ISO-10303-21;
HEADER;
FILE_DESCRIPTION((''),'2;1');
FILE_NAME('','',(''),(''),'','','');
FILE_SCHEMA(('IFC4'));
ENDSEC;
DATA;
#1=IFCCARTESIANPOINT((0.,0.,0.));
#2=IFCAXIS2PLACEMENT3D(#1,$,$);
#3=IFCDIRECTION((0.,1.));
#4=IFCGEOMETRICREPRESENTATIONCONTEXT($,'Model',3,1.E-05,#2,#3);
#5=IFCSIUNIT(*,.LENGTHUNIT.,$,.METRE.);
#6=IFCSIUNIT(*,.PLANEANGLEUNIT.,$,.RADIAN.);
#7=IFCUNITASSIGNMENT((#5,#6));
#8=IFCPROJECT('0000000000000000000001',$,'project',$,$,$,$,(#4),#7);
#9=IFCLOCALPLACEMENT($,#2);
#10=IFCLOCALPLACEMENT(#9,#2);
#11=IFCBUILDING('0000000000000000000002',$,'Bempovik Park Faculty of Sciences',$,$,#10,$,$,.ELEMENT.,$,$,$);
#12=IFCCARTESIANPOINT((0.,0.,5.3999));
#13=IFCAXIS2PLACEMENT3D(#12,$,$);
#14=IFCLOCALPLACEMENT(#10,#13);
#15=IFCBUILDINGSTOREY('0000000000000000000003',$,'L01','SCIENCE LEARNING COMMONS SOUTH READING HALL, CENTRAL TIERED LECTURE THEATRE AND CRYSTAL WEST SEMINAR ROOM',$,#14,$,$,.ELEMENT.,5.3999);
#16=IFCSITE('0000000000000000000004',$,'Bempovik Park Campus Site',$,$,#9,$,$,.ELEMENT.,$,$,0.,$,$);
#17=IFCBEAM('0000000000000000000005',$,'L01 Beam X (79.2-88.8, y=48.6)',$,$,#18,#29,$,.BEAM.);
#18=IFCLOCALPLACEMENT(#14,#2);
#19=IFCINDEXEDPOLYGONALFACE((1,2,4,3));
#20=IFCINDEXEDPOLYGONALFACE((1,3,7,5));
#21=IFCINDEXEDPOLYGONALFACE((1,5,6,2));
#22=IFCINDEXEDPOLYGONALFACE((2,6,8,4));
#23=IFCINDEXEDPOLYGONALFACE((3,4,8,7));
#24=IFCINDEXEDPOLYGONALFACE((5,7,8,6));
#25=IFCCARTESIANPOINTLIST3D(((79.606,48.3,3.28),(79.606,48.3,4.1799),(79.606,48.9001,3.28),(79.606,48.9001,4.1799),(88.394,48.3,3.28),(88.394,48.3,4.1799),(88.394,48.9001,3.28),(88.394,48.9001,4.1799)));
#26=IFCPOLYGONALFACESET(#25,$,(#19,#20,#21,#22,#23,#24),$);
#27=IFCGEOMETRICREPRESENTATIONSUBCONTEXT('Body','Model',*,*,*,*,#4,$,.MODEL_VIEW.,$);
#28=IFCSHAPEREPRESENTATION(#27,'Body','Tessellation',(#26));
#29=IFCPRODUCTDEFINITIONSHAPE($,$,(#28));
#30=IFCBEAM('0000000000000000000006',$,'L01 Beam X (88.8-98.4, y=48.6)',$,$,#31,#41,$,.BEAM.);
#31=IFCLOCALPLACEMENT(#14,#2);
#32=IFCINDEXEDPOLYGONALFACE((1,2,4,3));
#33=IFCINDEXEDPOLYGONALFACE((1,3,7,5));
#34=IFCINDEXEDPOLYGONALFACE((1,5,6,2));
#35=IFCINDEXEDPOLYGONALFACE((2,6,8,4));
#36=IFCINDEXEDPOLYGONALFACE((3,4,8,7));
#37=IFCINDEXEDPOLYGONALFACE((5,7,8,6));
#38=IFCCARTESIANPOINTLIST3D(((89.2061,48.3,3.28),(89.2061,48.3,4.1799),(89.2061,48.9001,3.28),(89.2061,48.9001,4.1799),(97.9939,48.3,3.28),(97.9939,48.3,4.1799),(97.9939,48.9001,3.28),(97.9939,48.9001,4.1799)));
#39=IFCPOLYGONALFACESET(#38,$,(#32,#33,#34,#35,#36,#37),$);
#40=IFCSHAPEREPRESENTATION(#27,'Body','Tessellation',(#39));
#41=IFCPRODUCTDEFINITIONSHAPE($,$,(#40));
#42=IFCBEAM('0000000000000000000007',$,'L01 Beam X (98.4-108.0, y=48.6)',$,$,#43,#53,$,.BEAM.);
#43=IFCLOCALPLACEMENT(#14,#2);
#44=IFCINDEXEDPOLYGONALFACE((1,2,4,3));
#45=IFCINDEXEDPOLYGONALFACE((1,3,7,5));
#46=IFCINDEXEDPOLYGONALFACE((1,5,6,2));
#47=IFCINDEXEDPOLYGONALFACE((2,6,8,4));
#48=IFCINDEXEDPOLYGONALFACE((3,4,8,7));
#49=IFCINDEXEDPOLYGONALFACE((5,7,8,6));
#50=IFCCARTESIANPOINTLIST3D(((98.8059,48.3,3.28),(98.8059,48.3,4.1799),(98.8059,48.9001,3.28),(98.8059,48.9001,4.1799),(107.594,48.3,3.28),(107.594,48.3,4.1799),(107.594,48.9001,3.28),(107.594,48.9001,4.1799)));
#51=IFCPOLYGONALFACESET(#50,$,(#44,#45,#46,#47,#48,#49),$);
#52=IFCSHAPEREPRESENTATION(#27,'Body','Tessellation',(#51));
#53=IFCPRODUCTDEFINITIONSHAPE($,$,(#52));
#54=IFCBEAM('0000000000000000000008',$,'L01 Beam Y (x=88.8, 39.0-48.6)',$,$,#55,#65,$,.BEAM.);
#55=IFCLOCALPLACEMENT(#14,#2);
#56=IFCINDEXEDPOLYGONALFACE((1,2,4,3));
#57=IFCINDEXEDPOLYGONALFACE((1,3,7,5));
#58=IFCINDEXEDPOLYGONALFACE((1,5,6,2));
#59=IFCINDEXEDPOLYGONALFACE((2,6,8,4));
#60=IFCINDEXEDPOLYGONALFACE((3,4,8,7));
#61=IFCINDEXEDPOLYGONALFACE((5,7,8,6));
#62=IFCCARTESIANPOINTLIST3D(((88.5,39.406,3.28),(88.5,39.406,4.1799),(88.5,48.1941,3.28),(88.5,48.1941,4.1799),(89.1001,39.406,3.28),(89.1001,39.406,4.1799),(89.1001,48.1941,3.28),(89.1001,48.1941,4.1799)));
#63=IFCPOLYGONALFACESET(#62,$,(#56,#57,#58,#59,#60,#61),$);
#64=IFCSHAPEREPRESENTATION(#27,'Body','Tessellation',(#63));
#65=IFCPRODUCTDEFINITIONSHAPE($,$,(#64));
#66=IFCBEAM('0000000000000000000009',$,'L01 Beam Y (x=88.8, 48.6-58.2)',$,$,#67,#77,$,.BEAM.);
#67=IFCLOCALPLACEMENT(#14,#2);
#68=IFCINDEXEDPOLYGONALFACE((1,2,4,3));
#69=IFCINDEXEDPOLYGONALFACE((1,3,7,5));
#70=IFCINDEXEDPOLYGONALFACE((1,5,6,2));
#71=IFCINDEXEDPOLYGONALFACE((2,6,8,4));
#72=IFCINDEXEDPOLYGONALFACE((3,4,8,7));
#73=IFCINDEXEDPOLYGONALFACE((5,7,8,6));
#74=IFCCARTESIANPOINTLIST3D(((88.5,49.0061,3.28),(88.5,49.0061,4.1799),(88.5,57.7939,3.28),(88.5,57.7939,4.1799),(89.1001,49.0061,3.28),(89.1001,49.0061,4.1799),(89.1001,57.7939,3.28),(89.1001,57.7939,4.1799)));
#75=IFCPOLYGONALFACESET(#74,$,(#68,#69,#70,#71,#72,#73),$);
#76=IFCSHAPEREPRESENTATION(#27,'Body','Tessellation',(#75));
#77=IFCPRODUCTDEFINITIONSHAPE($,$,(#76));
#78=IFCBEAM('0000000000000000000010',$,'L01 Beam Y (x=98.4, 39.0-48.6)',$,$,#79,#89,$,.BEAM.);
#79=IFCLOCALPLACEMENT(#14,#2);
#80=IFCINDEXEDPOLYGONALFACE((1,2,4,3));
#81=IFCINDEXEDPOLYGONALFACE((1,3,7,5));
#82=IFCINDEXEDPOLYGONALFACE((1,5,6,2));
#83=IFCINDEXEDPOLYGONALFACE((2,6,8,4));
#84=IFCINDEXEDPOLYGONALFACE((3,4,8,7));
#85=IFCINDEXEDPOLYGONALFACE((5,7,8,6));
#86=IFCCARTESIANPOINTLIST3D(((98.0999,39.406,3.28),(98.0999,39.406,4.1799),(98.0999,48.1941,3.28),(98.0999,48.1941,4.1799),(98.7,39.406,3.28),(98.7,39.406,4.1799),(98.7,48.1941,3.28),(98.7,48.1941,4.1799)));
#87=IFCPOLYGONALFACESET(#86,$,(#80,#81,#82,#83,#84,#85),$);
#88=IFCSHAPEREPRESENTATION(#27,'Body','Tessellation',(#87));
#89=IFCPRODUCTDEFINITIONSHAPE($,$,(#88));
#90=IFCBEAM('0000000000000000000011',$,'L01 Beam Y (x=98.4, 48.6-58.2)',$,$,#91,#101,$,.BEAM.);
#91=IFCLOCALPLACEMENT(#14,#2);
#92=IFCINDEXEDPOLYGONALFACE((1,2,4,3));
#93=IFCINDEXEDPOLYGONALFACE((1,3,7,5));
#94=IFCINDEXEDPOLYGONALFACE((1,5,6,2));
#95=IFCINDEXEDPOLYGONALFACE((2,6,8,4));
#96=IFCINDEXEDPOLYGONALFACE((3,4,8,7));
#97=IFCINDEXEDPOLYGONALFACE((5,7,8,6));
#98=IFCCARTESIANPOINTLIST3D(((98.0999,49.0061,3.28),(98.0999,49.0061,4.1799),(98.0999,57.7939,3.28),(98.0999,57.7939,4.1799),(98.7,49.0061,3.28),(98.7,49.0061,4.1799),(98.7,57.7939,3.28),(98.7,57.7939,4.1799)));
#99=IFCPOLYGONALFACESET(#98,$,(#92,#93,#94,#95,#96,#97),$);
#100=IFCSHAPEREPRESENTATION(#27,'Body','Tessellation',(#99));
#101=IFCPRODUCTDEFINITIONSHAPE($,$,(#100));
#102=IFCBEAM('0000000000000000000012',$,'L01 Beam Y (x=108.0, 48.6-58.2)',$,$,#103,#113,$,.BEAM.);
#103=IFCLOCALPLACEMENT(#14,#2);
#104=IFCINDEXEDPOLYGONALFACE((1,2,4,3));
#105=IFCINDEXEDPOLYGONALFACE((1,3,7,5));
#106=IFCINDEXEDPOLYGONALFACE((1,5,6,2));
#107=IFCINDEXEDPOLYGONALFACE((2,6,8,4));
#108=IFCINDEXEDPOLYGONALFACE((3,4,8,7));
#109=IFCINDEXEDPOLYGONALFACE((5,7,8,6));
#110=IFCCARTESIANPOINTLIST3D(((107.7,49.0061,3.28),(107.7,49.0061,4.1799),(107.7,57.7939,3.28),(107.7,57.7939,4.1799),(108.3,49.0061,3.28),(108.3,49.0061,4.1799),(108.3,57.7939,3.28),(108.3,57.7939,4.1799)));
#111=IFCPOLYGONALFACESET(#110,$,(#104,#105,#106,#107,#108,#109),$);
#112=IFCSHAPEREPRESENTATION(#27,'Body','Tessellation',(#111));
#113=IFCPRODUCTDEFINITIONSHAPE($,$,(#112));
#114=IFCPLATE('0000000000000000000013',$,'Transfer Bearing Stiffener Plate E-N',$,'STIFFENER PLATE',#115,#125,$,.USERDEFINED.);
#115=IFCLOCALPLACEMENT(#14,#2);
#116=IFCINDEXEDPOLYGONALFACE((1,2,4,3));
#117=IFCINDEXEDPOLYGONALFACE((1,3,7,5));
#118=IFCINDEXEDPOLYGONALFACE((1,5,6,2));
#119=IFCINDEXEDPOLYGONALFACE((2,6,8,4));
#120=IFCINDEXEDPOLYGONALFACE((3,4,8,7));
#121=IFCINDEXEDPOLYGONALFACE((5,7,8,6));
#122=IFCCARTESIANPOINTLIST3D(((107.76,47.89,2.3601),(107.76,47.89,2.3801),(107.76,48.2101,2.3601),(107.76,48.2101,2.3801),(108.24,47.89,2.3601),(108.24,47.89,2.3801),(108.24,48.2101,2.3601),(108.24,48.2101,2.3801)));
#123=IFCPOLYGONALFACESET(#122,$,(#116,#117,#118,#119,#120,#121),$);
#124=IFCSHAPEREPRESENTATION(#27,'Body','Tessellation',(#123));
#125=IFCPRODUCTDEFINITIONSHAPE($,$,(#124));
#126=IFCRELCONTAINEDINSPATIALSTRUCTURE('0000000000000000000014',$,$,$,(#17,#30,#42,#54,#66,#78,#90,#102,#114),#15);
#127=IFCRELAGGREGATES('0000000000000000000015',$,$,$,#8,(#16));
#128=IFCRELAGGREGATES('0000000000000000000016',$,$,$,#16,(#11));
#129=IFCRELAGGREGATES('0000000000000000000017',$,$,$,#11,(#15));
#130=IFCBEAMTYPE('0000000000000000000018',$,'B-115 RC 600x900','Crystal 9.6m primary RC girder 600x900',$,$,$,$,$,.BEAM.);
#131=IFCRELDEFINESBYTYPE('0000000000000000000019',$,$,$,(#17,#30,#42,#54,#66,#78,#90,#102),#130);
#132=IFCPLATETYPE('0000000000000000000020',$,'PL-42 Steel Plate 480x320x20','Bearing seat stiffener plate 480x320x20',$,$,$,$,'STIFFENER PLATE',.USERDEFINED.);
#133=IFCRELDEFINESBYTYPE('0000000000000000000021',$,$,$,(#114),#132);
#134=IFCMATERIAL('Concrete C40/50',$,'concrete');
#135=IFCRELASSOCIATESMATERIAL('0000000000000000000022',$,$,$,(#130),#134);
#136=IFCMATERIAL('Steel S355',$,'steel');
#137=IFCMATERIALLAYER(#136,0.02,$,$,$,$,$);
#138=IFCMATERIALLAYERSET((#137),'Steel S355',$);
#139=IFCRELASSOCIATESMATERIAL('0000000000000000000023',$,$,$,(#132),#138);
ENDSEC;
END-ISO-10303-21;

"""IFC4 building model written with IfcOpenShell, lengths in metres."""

from ifc_helpers import new_model, si_unit, direction, frame, origin, origin_2d, place, context, subcontext, project, spatial, rectangle, extrude, material, layer, layer_set, material_profile, profile_set, type_object, element, save


model = new_model("IFC4")

# Units and contexts
model_context = context("Model", 3, precision=1e-05, world=origin(), true_north=direction((0.0, 1.0)))
body_context = subcontext(model_context, "Body", "Model", "MODEL_VIEW")
ifc_project = project(units=[si_unit("LENGTHUNIT", "METRE"), si_unit("PLANEANGLEUNIT", "RADIAN")], contexts=[model_context])

# Site, building, storey
site_placement = place(None, origin())
site = spatial("IfcSite", under=ifc_project, at=site_placement, Name="Bempovik Park Campus Site", CompositionType="ELEMENT", RefElevation=0.0)
building_placement = place(site_placement, origin())
building = spatial("IfcBuilding", under=site, at=building_placement, Name="Bempovik Park Faculty of Sciences", CompositionType="ELEMENT")
storey_placement = place(building_placement, frame((0.0, 0.0, 5.3999)))
storey = spatial("IfcBuildingStorey", under=building, at=storey_placement, Name="L01", Description="SCIENCE LEARNING COMMONS SOUTH READING HALL, CENTRAL TIERED LECTURE THEATRE AND CRYSTAL WEST SEMINAR ROOM", CompositionType="ELEMENT", Elevation=5.3999)

# Shared definitions
ifc_material_1 = material(Name="Concrete C40/50", Category="concrete")

# Beams
ifc_material_profile_1 = material_profile(ifc_material_1, rectangle(XDim=0.6001, YDim=0.8999, at=origin_2d()), Name="RC 600x900")
ifc_profile_set_1 = profile_set([ifc_material_profile_1], Name="Concrete C40/50")
beam_type_1 = type_object("IfcBeamType", Name="B-115 RC 600x900", Description="Crystal 9.6m primary RC girder 600x900", PredefinedType="BEAM", material=ifc_profile_set_1)
beam_1_placement = place(storey_placement, frame((79.606, 48.6001, 3.73), z_axis=(1.0, 0.0, 0.0), x_axis=(0.0, 1.0, 0.0)))
element("IfcBeam", 1, at=beam_1_placement, inside=storey, type_object=beam_type_1, Name="L01 Beam X (79.2-88.8, y=48.6)", PredefinedType="BEAM", context=body_context, shape_type="SweptSolid", body=[
    extrude(rectangle(XDim=0.6001, YDim=0.8999, at=origin_2d()), origin(), (0.0, 0.0, 1.0), 8.7881),
])
beam_2_placement = place(storey_placement, frame((89.2061, 48.6001, 3.73), z_axis=(1.0, 0.0, 0.0), x_axis=(0.0, 1.0, 0.0)))
element("IfcBeam", 2, at=beam_2_placement, inside=storey, type_object=beam_type_1, Name="L01 Beam X (88.8-98.4, y=48.6)", PredefinedType="BEAM", context=body_context, shape_type="SweptSolid", body=[
    extrude(rectangle(XDim=0.6001, YDim=0.8999, at=origin_2d()), origin(), (0.0, 0.0, 1.0), 8.7878),
])
for number, where, z_axis, x_axis, name in (
    (3, (98.8059, 48.6001, 3.73), (1.0, 0.0, 0.0), (0.0, 1.0, 0.0), "L01 Beam X (98.4-108.0, y=48.6)"),
    (4, (88.8, 39.406, 3.73), (0.0, 1.0, 0.0), (-1.0, 0.0, 0.0), "L01 Beam Y (x=88.8, 39.0-48.6)"),
):
    element("IfcBeam", number, at=place(storey_placement, frame(where, z_axis=z_axis, x_axis=x_axis)), inside=storey, type_object=beam_type_1, Name=name, PredefinedType="BEAM", context=body_context, shape_type="SweptSolid", body=[
        extrude(rectangle(XDim=0.6001, YDim=0.8999, at=origin_2d()), origin(), (0.0, 0.0, 1.0), 8.7881),
    ])
beam_3_placement = place(storey_placement, frame((88.8, 49.0061, 3.73), z_axis=(0.0, 1.0, 0.0), x_axis=(-1.0, 0.0, 0.0)))
element("IfcBeam", 5, at=beam_3_placement, inside=storey, type_object=beam_type_1, Name="L01 Beam Y (x=88.8, 48.6-58.2)", PredefinedType="BEAM", context=body_context, shape_type="SweptSolid", body=[
    extrude(rectangle(XDim=0.6001, YDim=0.8999, at=origin_2d()), origin(), (0.0, 0.0, 1.0), 8.7878),
])
beam_4_placement = place(storey_placement, frame((98.3999, 39.406, 3.73), z_axis=(0.0, 1.0, 0.0), x_axis=(-1.0, 0.0, 0.0)))
element("IfcBeam", 6, at=beam_4_placement, inside=storey, type_object=beam_type_1, Name="L01 Beam Y (x=98.4, 39.0-48.6)", PredefinedType="BEAM", context=body_context, shape_type="SweptSolid", body=[
    extrude(rectangle(XDim=0.6001, YDim=0.8999, at=origin_2d()), origin(), (0.0, 0.0, 1.0), 8.7881),
])
for number, where, z_axis, x_axis, name in (
    (7, (98.3999, 49.0061, 3.73), (0.0, 1.0, 0.0), (-1.0, 0.0, 0.0), "L01 Beam Y (x=98.4, 48.6-58.2)"),
    (8, (108.0, 49.0061, 3.73), (0.0, 1.0, 0.0), (-1.0, 0.0, 0.0), "L01 Beam Y (x=108.0, 48.6-58.2)"),
):
    element("IfcBeam", number, at=place(storey_placement, frame(where, z_axis=z_axis, x_axis=x_axis)), inside=storey, type_object=beam_type_1, Name=name, PredefinedType="BEAM", context=body_context, shape_type="SweptSolid", body=[
        extrude(rectangle(XDim=0.6001, YDim=0.8999, at=origin_2d()), origin(), (0.0, 0.0, 1.0), 8.7878),
    ])

# Plate
ifc_material_2 = material(Name="Steel S355", Category="steel")
ifc_layer = layer(ifc_material_2, 0.02)
ifc_layer_set = layer_set([ifc_layer], Name="Steel S355")
plate_type = type_object("IfcPlateType", Name="PL-42 Steel Plate 480x320x20", Description="Bearing seat stiffener plate 480x320x20", ElementType="STIFFENER PLATE", PredefinedType="USERDEFINED", material=ifc_layer_set)
plate_placement = place(storey_placement, frame((108.0, 48.05, 2.3601), z_axis=(0.0, 0.0, 1.0), x_axis=(1.0, 0.0, 0.0)))
element("IfcPlate", 9, at=plate_placement, inside=storey, type_object=plate_type, Name="Transfer Bearing Stiffener Plate E-N", ObjectType="STIFFENER PLATE", PredefinedType="USERDEFINED", context=body_context, shape_type="SweptSolid", body=[
    extrude(rectangle(XDim=0.48, YDim=0.3201, at=origin_2d()), origin(), (0.0, 0.0, 1.0), 0.02),
])

save(model, "model.ifc")
